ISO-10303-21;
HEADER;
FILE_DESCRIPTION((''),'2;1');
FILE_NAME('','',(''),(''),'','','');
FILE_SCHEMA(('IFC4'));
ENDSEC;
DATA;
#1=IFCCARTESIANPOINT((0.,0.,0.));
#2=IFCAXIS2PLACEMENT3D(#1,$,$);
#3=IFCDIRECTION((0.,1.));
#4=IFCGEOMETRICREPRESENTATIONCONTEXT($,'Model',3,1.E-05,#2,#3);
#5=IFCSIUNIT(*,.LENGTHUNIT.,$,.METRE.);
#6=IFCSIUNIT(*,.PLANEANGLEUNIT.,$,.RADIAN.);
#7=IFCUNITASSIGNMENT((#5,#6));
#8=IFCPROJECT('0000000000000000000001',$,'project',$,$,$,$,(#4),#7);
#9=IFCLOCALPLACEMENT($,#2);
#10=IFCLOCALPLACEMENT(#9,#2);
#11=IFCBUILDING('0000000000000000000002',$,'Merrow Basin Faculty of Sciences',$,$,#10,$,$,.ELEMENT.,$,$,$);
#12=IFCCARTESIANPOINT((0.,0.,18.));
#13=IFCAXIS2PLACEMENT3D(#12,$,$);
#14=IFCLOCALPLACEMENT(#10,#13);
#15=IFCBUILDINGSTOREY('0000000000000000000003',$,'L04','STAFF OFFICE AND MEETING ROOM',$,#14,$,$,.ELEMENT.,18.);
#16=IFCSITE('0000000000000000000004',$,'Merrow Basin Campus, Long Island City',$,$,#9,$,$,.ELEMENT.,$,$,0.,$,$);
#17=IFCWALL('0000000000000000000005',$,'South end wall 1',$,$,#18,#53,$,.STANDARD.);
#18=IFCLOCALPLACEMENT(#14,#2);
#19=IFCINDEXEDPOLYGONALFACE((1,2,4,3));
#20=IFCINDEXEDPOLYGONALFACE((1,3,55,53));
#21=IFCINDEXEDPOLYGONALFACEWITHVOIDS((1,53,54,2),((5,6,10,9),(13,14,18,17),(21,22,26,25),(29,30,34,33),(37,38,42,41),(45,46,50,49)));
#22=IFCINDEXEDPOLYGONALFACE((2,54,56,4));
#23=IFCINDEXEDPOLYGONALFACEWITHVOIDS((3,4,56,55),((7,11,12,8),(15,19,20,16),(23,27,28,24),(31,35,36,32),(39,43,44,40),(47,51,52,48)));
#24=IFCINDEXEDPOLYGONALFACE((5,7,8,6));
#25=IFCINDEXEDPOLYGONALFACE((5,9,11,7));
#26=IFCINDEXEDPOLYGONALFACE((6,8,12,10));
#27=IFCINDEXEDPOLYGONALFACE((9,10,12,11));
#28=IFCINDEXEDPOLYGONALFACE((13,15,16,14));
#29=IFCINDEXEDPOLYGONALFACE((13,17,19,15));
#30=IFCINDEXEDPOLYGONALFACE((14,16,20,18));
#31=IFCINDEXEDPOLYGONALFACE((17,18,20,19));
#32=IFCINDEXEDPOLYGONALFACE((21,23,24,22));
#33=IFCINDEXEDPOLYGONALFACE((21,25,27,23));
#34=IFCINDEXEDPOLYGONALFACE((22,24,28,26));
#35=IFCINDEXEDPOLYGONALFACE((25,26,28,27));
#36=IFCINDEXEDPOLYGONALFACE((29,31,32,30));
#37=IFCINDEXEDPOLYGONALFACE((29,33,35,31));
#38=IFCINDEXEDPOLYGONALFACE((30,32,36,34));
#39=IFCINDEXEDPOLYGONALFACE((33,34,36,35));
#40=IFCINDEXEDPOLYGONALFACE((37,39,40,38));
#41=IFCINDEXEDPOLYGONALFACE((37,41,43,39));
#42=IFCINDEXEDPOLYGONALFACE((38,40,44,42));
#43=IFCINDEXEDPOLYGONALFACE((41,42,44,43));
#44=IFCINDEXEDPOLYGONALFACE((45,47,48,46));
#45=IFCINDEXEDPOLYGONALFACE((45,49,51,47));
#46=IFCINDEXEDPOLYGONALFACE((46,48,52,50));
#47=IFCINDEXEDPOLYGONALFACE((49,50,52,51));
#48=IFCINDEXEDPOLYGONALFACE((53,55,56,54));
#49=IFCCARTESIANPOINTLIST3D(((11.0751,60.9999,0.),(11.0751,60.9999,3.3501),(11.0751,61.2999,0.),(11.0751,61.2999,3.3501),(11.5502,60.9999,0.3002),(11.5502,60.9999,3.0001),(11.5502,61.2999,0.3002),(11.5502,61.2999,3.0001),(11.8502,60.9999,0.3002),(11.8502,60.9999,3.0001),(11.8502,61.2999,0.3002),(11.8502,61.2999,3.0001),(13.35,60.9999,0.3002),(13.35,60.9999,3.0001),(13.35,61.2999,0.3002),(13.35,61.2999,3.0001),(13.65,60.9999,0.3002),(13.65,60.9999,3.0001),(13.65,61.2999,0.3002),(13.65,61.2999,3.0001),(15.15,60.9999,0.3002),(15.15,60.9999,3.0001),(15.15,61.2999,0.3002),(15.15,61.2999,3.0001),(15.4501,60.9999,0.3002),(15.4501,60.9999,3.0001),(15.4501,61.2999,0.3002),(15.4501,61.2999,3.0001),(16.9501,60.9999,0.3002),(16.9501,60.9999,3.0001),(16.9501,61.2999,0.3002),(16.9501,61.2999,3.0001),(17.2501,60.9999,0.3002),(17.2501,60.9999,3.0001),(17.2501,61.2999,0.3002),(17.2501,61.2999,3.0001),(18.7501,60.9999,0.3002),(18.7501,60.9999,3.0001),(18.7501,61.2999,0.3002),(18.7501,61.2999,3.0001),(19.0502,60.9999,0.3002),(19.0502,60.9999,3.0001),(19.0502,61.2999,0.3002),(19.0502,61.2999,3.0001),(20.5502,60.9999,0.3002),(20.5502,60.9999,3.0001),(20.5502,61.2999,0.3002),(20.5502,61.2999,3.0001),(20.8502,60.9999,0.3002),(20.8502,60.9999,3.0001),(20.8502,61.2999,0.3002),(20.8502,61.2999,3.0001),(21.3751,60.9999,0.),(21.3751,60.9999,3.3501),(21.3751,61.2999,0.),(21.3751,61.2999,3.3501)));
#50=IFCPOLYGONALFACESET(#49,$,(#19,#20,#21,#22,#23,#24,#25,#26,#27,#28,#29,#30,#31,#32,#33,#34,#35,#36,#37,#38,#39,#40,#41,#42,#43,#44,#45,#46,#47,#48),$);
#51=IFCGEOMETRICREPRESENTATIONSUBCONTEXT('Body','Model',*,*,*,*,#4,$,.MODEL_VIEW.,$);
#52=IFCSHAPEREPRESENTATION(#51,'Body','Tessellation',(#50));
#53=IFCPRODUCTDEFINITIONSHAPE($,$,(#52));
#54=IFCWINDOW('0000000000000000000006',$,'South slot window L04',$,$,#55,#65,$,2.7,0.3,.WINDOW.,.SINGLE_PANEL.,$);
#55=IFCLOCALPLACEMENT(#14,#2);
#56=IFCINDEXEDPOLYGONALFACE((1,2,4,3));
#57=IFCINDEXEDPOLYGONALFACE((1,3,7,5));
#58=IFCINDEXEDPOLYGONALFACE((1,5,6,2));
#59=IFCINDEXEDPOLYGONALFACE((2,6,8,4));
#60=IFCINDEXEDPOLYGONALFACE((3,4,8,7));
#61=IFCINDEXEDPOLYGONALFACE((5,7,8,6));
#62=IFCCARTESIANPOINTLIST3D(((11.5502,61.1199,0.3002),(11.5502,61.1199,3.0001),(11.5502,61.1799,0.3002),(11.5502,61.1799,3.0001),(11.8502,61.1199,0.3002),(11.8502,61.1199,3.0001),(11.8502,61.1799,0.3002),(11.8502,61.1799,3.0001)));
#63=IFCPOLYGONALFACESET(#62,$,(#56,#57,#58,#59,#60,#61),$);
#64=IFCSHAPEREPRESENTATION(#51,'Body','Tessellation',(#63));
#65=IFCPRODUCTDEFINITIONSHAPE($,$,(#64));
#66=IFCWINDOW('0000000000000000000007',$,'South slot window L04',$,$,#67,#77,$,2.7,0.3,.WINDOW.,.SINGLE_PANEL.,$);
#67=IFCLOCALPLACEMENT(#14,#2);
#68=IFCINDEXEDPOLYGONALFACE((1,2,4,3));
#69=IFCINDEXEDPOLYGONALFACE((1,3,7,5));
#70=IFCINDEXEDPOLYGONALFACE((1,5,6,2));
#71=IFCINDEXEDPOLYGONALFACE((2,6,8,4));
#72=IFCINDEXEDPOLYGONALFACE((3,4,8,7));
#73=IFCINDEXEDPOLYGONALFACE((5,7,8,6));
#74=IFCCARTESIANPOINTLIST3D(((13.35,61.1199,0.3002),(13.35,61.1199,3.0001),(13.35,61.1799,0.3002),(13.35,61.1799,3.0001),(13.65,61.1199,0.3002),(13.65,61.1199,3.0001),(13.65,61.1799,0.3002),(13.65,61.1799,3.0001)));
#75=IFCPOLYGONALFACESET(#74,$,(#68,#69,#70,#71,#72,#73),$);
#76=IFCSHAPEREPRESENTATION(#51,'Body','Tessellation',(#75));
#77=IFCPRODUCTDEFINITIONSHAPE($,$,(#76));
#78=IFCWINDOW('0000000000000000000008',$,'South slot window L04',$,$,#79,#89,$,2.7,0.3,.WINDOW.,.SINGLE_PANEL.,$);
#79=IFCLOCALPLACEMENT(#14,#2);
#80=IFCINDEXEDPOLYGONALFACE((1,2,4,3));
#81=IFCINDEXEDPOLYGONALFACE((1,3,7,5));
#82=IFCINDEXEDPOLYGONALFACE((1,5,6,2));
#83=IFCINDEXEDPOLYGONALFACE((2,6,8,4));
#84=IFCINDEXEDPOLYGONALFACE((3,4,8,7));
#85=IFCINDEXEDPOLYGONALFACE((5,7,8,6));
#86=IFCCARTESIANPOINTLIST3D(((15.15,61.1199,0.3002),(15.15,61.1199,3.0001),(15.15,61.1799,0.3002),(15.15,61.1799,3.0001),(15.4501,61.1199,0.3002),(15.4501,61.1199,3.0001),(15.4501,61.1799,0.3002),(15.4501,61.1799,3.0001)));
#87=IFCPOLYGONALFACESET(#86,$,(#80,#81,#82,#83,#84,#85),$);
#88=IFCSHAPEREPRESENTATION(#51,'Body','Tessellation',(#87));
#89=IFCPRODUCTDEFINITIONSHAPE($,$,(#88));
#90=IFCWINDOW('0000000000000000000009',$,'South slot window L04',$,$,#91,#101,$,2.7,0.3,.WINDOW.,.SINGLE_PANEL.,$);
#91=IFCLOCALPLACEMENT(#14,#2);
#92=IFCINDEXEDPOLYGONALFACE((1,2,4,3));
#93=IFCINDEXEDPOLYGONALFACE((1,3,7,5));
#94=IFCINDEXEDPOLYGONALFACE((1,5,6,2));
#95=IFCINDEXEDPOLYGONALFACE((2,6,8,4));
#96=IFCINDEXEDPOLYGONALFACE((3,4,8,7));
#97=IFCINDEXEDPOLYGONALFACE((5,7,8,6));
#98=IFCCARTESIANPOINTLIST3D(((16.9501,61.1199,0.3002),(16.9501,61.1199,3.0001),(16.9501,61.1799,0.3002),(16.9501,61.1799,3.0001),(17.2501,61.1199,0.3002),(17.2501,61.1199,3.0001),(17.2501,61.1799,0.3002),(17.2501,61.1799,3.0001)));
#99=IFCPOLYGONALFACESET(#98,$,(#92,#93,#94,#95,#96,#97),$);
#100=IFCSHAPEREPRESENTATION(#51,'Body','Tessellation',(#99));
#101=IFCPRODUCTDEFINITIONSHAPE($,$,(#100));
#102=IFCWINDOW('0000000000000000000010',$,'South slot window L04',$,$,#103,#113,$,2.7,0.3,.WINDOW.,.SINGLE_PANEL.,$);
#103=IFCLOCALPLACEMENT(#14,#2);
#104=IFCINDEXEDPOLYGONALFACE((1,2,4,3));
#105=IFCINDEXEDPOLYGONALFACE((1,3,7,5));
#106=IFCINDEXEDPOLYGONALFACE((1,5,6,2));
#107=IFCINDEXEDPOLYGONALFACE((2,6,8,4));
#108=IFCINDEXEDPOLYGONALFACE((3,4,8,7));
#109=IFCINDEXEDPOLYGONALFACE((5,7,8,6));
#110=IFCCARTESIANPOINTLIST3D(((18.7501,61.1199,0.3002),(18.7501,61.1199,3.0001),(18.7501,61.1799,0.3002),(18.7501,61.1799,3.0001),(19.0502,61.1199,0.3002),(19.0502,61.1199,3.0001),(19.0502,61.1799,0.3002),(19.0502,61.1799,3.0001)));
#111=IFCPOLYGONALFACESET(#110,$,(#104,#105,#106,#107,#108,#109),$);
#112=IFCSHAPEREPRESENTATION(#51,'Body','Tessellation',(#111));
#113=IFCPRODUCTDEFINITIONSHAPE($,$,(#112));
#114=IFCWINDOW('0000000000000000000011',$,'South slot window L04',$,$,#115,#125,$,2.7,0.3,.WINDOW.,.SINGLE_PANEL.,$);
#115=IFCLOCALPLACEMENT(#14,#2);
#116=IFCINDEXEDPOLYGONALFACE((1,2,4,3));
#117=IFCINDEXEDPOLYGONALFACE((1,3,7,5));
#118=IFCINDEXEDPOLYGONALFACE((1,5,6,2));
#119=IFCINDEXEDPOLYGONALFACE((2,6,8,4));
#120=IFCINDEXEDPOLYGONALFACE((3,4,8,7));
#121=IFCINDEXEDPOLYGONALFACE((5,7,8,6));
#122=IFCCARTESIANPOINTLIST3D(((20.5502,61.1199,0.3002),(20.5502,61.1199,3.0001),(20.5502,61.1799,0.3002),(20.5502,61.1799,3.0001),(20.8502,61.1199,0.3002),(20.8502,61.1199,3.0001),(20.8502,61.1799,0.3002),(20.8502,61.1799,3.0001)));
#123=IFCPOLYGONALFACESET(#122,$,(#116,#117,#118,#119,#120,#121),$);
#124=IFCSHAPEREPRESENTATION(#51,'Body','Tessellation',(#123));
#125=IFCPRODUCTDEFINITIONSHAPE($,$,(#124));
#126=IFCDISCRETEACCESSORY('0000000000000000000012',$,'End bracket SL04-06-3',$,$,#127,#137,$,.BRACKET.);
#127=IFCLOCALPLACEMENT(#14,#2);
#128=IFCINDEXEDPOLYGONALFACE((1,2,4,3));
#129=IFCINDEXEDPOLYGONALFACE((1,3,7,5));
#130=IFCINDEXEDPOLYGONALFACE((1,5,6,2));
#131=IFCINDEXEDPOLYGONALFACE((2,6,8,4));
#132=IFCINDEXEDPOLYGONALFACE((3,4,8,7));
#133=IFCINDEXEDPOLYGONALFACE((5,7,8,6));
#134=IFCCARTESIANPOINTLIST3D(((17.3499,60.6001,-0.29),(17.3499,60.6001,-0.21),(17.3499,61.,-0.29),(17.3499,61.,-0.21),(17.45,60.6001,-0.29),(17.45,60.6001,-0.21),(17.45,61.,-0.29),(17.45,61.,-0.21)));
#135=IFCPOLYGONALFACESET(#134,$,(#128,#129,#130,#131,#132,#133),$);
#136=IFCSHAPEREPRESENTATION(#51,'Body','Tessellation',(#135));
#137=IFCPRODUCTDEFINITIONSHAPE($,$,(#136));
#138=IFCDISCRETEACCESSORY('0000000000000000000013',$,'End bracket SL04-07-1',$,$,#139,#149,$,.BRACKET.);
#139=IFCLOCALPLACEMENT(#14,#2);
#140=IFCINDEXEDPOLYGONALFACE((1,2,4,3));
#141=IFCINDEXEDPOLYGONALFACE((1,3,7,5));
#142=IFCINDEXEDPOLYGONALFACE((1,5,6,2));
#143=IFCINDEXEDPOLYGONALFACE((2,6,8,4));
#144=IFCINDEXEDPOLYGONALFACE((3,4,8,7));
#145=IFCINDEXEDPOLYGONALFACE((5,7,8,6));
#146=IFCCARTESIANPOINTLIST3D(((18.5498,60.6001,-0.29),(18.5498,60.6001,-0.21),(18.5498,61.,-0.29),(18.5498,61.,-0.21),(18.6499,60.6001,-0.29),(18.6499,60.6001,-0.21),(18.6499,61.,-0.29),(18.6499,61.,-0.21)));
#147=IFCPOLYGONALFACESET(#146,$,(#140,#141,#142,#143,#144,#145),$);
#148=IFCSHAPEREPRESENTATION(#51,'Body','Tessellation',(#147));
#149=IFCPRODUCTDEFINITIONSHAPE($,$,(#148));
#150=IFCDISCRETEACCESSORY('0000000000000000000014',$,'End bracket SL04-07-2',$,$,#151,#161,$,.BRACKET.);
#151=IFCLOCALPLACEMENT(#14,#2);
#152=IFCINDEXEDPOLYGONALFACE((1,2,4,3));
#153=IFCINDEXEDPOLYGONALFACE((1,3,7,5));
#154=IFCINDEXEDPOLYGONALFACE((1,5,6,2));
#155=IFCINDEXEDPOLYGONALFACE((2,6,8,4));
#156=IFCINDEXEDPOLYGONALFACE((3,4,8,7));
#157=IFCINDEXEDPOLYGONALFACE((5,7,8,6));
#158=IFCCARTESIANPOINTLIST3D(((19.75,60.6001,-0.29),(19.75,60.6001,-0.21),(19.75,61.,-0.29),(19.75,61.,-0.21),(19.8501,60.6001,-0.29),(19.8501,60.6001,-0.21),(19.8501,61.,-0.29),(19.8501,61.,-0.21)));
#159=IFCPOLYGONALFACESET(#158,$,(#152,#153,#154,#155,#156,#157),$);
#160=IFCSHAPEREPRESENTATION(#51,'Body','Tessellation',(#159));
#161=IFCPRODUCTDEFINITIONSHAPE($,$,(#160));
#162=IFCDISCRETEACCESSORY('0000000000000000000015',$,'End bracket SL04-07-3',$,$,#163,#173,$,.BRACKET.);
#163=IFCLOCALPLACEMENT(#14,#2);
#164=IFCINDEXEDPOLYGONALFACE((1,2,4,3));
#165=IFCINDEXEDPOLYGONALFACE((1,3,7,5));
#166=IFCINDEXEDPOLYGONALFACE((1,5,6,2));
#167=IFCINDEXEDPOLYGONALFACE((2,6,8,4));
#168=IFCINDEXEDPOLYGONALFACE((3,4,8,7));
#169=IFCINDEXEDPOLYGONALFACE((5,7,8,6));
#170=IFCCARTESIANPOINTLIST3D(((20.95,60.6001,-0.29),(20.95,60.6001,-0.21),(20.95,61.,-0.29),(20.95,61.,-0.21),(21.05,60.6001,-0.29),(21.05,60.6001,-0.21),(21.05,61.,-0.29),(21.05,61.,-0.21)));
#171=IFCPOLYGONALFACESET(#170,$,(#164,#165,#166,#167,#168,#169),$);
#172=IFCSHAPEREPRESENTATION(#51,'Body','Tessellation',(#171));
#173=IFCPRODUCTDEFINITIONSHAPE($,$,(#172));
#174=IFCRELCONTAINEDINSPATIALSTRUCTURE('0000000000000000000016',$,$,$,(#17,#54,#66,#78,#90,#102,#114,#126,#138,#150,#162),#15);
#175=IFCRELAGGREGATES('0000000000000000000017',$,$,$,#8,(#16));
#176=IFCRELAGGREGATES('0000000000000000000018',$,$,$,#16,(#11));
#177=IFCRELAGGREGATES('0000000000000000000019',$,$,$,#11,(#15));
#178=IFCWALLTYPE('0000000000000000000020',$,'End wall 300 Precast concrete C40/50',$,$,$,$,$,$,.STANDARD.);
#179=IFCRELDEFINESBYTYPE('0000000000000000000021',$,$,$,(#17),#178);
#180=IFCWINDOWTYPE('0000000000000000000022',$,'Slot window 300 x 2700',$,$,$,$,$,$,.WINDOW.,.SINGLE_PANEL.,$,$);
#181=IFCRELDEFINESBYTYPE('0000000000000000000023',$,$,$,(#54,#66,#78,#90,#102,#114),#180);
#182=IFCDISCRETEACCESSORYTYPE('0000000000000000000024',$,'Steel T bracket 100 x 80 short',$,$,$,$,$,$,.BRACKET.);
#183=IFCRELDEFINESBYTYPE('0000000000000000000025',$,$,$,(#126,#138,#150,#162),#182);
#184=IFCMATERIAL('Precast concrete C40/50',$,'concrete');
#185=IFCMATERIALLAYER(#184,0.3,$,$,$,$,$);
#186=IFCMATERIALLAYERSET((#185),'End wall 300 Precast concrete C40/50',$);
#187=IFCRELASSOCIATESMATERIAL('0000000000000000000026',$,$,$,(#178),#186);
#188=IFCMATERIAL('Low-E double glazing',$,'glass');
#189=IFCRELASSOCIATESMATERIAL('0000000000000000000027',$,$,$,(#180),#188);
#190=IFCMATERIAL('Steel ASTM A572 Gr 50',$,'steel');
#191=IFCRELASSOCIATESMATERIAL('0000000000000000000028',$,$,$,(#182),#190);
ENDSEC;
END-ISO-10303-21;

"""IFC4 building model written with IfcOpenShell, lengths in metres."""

from ifc_helpers import new_model, si_unit, direction, frame, frame_2d, origin, place, context, subcontext, project, spatial, polyline, rectangle, outline, extrude, source, transform, mapped, material, layer, layer_set, type_object, element, fill, save


model = new_model("IFC4")

# Units and contexts
model_context = context("Model", 3, precision=1e-05, world=origin(), true_north=direction((0.0, 1.0)))
body_context = subcontext(model_context, "Body", "Model", "MODEL_VIEW")
ifc_project = project(units=[si_unit("LENGTHUNIT", "METRE"), si_unit("PLANEANGLEUNIT", "RADIAN")], contexts=[model_context])

# Site, building, storey
site_placement = place(None, origin())
site = spatial("IfcSite", under=ifc_project, at=site_placement, Name="Merrow Basin Campus, Long Island City", CompositionType="ELEMENT", RefElevation=0.0)
building_placement = place(site_placement, origin())
building = spatial("IfcBuilding", under=site, at=building_placement, Name="Merrow Basin Faculty of Sciences", CompositionType="ELEMENT")
storey_placement = place(building_placement, frame((0.0, 0.0, 18.0)))
storey = spatial("IfcBuildingStorey", under=building, at=storey_placement, Name="L04", Description="STAFF OFFICE AND MEETING ROOM", CompositionType="ELEMENT", Elevation=18.0)

# Wall, openings, windows
ifc_material_1 = material(Name="Precast concrete C40/50", Category="concrete")
ifc_layer_1 = layer(ifc_material_1, 0.3)
ifc_layer_set_1 = layer_set([ifc_layer_1], Name="End wall 300 Precast concrete C40/50")
wall_type = type_object("IfcWallType", Name="End wall 300 Precast concrete C40/50", PredefinedType="STANDARD", material=ifc_layer_set_1)
wall_placement = place(storey_placement, frame((21.375, 61.1499, 0.0), z_axis=(0.0, 0.0, 1.0), x_axis=(-1.0, 0.0, 0.0)))
wall = element("IfcWall", 1, at=wall_placement, inside=storey, type_object=wall_type, Name="South end wall 1", PredefinedType="STANDARD", context=body_context, shape_type="SweptSolid", body=[
    extrude(rectangle(XDim=10.3, YDim=0.3, at=frame_2d((5.1499, 0.0))), origin(), (0.0, 0.0, 1.0), 3.3501),
])
opening_1_placement = place(wall_placement, frame((9.5249, 0.0, 0.3)))
opening_1 = element("IfcOpeningElement", 2, at=opening_1_placement, cuts=wall, PredefinedType="OPENING", context=body_context, shape_type="SweptSolid", body=[
    extrude(rectangle(XDim=0.3, YDim=2.7, at=frame_2d((0.1499, 1.3501))), frame((0.0, 0.1599, 0.0), z_axis=(0.0, -1.0, 0.0), x_axis=(1.0, 0.0, 0.0)), (0.0, 0.0, 1.0), 0.3201),
])
opening_2_placement = place(wall_placement, frame((7.7251, 0.0, 0.3)))
opening_2 = element("IfcOpeningElement", 3, at=opening_2_placement, cuts=wall, PredefinedType="OPENING", context=body_context, shape_type="SweptSolid", body=[
    extrude(rectangle(XDim=0.3, YDim=2.7, at=frame_2d((0.1499, 1.3501))), frame((0.0, 0.1599, 0.0), z_axis=(0.0, -1.0, 0.0), x_axis=(1.0, 0.0, 0.0)), (0.0, 0.0, 1.0), 0.3201),
])
opening_3_placement = place(wall_placement, frame((5.925, 0.0, 0.3)))
opening_3 = element("IfcOpeningElement", 4, at=opening_3_placement, cuts=wall, PredefinedType="OPENING", context=body_context, shape_type="SweptSolid", body=[
    extrude(rectangle(XDim=0.3, YDim=2.7, at=frame_2d((0.1499, 1.3501))), frame((0.0, 0.1599, 0.0), z_axis=(0.0, -1.0, 0.0), x_axis=(1.0, 0.0, 0.0)), (0.0, 0.0, 1.0), 0.3201),
])
opening_4_placement = place(wall_placement, frame((4.125, 0.0, 0.3)))
opening_4 = element("IfcOpeningElement", 5, at=opening_4_placement, cuts=wall, PredefinedType="OPENING", context=body_context, shape_type="SweptSolid", body=[
    extrude(rectangle(XDim=0.3, YDim=2.7, at=frame_2d((0.1499, 1.3501))), frame((0.0, 0.1599, 0.0), z_axis=(0.0, -1.0, 0.0), x_axis=(1.0, 0.0, 0.0)), (0.0, 0.0, 1.0), 0.3201),
])
opening_5_placement = place(wall_placement, frame((2.325, 0.0, 0.3)))
opening_5 = element("IfcOpeningElement", 6, at=opening_5_placement, cuts=wall, PredefinedType="OPENING", context=body_context, shape_type="SweptSolid", body=[
    extrude(rectangle(XDim=0.3, YDim=2.7, at=frame_2d((0.1499, 1.3501))), frame((0.0, 0.1599, 0.0), z_axis=(0.0, -1.0, 0.0), x_axis=(1.0, 0.0, 0.0)), (0.0, 0.0, 1.0), 0.3201),
])
opening_6_placement = place(wall_placement, frame((0.5249, 0.0, 0.3)))
opening_6 = element("IfcOpeningElement", 7, at=opening_6_placement, cuts=wall, PredefinedType="OPENING", context=body_context, shape_type="SweptSolid", body=[
    extrude(rectangle(XDim=0.3, YDim=2.7, at=frame_2d((0.1499, 1.3501))), frame((0.0, 0.1599, 0.0), z_axis=(0.0, -1.0, 0.0), x_axis=(1.0, 0.0, 0.0)), (0.0, 0.0, 1.0), 0.3201),
])
ifc_material_2 = material(Name="Low-E double glazing", Category="glass")
window_type = type_object("IfcWindowType", Name="Slot window 300 x 2700", PartitioningType="SINGLE_PANEL", PredefinedType="WINDOW", material=ifc_material_2)
window_1_placement = place(opening_1_placement, origin())
window_1 = element("IfcWindow", 8, at=window_1_placement, inside=storey, type_object=window_type, Name="South slot window L04", OverallHeight=2.7, OverallWidth=0.3, PartitioningType="SINGLE_PANEL", PredefinedType="WINDOW", context=body_context, shape_type="SweptSolid", body=[
    extrude(rectangle(XDim=0.3, YDim=2.7, at=frame_2d((0.1499, 1.3501))), frame((0.0, 0.03, 0.0), z_axis=(0.0, -1.0, 0.0), x_axis=(1.0, 0.0, 0.0)), (0.0, 0.0, 1.0), 0.0601),
])
fill(opening_1, window_1)
window_2_placement = place(opening_2_placement, origin())
window_2 = element("IfcWindow", 9, at=window_2_placement, inside=storey, type_object=window_type, Name="South slot window L04", OverallHeight=2.7, OverallWidth=0.3, PartitioningType="SINGLE_PANEL", PredefinedType="WINDOW", context=body_context, shape_type="SweptSolid", body=[
    extrude(rectangle(XDim=0.3, YDim=2.7, at=frame_2d((0.1499, 1.3501))), frame((0.0, 0.03, 0.0), z_axis=(0.0, -1.0, 0.0), x_axis=(1.0, 0.0, 0.0)), (0.0, 0.0, 1.0), 0.0601),
])
fill(opening_2, window_2)
window_3_placement = place(opening_3_placement, origin())
window_3 = element("IfcWindow", 10, at=window_3_placement, inside=storey, type_object=window_type, Name="South slot window L04", OverallHeight=2.7, OverallWidth=0.3, PartitioningType="SINGLE_PANEL", PredefinedType="WINDOW", context=body_context, shape_type="SweptSolid", body=[
    extrude(rectangle(XDim=0.3, YDim=2.7, at=frame_2d((0.1499, 1.3501))), frame((0.0, 0.03, 0.0), z_axis=(0.0, -1.0, 0.0), x_axis=(1.0, 0.0, 0.0)), (0.0, 0.0, 1.0), 0.0601),
])
fill(opening_3, window_3)
window_4_placement = place(opening_4_placement, origin())
window_4 = element("IfcWindow", 11, at=window_4_placement, inside=storey, type_object=window_type, Name="South slot window L04", OverallHeight=2.7, OverallWidth=0.3, PartitioningType="SINGLE_PANEL", PredefinedType="WINDOW", context=body_context, shape_type="SweptSolid", body=[
    extrude(rectangle(XDim=0.3, YDim=2.7, at=frame_2d((0.1499, 1.3501))), frame((0.0, 0.03, 0.0), z_axis=(0.0, -1.0, 0.0), x_axis=(1.0, 0.0, 0.0)), (0.0, 0.0, 1.0), 0.0601),
])
fill(opening_4, window_4)
window_5_placement = place(opening_5_placement, origin())
window_5 = element("IfcWindow", 12, at=window_5_placement, inside=storey, type_object=window_type, Name="South slot window L04", OverallHeight=2.7, OverallWidth=0.3, PartitioningType="SINGLE_PANEL", PredefinedType="WINDOW", context=body_context, shape_type="SweptSolid", body=[
    extrude(rectangle(XDim=0.3, YDim=2.7, at=frame_2d((0.1499, 1.3501))), frame((0.0, 0.03, 0.0), z_axis=(0.0, -1.0, 0.0), x_axis=(1.0, 0.0, 0.0)), (0.0, 0.0, 1.0), 0.0601),
])
fill(opening_5, window_5)
window_6_placement = place(opening_6_placement, origin())
window_6 = element("IfcWindow", 13, at=window_6_placement, inside=storey, type_object=window_type, Name="South slot window L04", OverallHeight=2.7, OverallWidth=0.3, PartitioningType="SINGLE_PANEL", PredefinedType="WINDOW", context=body_context, shape_type="SweptSolid", body=[
    extrude(rectangle(XDim=0.3, YDim=2.7, at=frame_2d((0.1499, 1.3501))), frame((0.0, 0.03, 0.0), z_axis=(0.0, -1.0, 0.0), x_axis=(1.0, 0.0, 0.0)), (0.0, 0.0, 1.0), 0.0601),
])
fill(opening_6, window_6)

# Discrete accessories
ifc_material_3 = material(Name="Steel ASTM A572 Gr 50", Category="steel")
discrete_accessory_type = type_object("IfcDiscreteAccessoryType", Name="Steel T bracket 100 x 80 short", PredefinedType="BRACKET", material=ifc_material_3)
shared_shape_1 = source(origin(), body_context, "Body", "SweptSolid", [
    extrude(outline(polyline([(0.0, 0.0), (0.1001, 0.0), (0.1001, 0.0801), (0.0, 0.0801), (0.0, 0.0)])), origin(), (0.0, 0.0, 1.0), 0.3999),
])
for number, where, z_axis, x_axis, name in (
    (14, (17.45, 60.6001, -0.29), (0.0, 1.0, 0.0), (-1.0, 0.0, 0.0), "End bracket SL04-06-3"),
    (15, (18.6499, 60.6001, -0.29), (0.0, 1.0, 0.0), (-1.0, 0.0, 0.0), "End bracket SL04-07-1"),
    (16, (19.8501, 60.6001, -0.29), (0.0, 1.0, 0.0), (-1.0, 0.0, 0.0), "End bracket SL04-07-2"),
    (17, (21.05, 60.6001, -0.29), (0.0, 1.0, 0.0), (-1.0, 0.0, 0.0), "End bracket SL04-07-3"),
):
    element("IfcDiscreteAccessory", number, at=place(storey_placement, frame(where, z_axis=z_axis, x_axis=x_axis)), inside=storey, type_object=discrete_accessory_type, Name=name, PredefinedType="BRACKET", context=body_context, shape_type="MappedRepresentation", body=[
        mapped(shared_shape_1, transform((0.0, 0.0, 0.0), scale=1.0)),
    ])

save(model, "model.ifc")
